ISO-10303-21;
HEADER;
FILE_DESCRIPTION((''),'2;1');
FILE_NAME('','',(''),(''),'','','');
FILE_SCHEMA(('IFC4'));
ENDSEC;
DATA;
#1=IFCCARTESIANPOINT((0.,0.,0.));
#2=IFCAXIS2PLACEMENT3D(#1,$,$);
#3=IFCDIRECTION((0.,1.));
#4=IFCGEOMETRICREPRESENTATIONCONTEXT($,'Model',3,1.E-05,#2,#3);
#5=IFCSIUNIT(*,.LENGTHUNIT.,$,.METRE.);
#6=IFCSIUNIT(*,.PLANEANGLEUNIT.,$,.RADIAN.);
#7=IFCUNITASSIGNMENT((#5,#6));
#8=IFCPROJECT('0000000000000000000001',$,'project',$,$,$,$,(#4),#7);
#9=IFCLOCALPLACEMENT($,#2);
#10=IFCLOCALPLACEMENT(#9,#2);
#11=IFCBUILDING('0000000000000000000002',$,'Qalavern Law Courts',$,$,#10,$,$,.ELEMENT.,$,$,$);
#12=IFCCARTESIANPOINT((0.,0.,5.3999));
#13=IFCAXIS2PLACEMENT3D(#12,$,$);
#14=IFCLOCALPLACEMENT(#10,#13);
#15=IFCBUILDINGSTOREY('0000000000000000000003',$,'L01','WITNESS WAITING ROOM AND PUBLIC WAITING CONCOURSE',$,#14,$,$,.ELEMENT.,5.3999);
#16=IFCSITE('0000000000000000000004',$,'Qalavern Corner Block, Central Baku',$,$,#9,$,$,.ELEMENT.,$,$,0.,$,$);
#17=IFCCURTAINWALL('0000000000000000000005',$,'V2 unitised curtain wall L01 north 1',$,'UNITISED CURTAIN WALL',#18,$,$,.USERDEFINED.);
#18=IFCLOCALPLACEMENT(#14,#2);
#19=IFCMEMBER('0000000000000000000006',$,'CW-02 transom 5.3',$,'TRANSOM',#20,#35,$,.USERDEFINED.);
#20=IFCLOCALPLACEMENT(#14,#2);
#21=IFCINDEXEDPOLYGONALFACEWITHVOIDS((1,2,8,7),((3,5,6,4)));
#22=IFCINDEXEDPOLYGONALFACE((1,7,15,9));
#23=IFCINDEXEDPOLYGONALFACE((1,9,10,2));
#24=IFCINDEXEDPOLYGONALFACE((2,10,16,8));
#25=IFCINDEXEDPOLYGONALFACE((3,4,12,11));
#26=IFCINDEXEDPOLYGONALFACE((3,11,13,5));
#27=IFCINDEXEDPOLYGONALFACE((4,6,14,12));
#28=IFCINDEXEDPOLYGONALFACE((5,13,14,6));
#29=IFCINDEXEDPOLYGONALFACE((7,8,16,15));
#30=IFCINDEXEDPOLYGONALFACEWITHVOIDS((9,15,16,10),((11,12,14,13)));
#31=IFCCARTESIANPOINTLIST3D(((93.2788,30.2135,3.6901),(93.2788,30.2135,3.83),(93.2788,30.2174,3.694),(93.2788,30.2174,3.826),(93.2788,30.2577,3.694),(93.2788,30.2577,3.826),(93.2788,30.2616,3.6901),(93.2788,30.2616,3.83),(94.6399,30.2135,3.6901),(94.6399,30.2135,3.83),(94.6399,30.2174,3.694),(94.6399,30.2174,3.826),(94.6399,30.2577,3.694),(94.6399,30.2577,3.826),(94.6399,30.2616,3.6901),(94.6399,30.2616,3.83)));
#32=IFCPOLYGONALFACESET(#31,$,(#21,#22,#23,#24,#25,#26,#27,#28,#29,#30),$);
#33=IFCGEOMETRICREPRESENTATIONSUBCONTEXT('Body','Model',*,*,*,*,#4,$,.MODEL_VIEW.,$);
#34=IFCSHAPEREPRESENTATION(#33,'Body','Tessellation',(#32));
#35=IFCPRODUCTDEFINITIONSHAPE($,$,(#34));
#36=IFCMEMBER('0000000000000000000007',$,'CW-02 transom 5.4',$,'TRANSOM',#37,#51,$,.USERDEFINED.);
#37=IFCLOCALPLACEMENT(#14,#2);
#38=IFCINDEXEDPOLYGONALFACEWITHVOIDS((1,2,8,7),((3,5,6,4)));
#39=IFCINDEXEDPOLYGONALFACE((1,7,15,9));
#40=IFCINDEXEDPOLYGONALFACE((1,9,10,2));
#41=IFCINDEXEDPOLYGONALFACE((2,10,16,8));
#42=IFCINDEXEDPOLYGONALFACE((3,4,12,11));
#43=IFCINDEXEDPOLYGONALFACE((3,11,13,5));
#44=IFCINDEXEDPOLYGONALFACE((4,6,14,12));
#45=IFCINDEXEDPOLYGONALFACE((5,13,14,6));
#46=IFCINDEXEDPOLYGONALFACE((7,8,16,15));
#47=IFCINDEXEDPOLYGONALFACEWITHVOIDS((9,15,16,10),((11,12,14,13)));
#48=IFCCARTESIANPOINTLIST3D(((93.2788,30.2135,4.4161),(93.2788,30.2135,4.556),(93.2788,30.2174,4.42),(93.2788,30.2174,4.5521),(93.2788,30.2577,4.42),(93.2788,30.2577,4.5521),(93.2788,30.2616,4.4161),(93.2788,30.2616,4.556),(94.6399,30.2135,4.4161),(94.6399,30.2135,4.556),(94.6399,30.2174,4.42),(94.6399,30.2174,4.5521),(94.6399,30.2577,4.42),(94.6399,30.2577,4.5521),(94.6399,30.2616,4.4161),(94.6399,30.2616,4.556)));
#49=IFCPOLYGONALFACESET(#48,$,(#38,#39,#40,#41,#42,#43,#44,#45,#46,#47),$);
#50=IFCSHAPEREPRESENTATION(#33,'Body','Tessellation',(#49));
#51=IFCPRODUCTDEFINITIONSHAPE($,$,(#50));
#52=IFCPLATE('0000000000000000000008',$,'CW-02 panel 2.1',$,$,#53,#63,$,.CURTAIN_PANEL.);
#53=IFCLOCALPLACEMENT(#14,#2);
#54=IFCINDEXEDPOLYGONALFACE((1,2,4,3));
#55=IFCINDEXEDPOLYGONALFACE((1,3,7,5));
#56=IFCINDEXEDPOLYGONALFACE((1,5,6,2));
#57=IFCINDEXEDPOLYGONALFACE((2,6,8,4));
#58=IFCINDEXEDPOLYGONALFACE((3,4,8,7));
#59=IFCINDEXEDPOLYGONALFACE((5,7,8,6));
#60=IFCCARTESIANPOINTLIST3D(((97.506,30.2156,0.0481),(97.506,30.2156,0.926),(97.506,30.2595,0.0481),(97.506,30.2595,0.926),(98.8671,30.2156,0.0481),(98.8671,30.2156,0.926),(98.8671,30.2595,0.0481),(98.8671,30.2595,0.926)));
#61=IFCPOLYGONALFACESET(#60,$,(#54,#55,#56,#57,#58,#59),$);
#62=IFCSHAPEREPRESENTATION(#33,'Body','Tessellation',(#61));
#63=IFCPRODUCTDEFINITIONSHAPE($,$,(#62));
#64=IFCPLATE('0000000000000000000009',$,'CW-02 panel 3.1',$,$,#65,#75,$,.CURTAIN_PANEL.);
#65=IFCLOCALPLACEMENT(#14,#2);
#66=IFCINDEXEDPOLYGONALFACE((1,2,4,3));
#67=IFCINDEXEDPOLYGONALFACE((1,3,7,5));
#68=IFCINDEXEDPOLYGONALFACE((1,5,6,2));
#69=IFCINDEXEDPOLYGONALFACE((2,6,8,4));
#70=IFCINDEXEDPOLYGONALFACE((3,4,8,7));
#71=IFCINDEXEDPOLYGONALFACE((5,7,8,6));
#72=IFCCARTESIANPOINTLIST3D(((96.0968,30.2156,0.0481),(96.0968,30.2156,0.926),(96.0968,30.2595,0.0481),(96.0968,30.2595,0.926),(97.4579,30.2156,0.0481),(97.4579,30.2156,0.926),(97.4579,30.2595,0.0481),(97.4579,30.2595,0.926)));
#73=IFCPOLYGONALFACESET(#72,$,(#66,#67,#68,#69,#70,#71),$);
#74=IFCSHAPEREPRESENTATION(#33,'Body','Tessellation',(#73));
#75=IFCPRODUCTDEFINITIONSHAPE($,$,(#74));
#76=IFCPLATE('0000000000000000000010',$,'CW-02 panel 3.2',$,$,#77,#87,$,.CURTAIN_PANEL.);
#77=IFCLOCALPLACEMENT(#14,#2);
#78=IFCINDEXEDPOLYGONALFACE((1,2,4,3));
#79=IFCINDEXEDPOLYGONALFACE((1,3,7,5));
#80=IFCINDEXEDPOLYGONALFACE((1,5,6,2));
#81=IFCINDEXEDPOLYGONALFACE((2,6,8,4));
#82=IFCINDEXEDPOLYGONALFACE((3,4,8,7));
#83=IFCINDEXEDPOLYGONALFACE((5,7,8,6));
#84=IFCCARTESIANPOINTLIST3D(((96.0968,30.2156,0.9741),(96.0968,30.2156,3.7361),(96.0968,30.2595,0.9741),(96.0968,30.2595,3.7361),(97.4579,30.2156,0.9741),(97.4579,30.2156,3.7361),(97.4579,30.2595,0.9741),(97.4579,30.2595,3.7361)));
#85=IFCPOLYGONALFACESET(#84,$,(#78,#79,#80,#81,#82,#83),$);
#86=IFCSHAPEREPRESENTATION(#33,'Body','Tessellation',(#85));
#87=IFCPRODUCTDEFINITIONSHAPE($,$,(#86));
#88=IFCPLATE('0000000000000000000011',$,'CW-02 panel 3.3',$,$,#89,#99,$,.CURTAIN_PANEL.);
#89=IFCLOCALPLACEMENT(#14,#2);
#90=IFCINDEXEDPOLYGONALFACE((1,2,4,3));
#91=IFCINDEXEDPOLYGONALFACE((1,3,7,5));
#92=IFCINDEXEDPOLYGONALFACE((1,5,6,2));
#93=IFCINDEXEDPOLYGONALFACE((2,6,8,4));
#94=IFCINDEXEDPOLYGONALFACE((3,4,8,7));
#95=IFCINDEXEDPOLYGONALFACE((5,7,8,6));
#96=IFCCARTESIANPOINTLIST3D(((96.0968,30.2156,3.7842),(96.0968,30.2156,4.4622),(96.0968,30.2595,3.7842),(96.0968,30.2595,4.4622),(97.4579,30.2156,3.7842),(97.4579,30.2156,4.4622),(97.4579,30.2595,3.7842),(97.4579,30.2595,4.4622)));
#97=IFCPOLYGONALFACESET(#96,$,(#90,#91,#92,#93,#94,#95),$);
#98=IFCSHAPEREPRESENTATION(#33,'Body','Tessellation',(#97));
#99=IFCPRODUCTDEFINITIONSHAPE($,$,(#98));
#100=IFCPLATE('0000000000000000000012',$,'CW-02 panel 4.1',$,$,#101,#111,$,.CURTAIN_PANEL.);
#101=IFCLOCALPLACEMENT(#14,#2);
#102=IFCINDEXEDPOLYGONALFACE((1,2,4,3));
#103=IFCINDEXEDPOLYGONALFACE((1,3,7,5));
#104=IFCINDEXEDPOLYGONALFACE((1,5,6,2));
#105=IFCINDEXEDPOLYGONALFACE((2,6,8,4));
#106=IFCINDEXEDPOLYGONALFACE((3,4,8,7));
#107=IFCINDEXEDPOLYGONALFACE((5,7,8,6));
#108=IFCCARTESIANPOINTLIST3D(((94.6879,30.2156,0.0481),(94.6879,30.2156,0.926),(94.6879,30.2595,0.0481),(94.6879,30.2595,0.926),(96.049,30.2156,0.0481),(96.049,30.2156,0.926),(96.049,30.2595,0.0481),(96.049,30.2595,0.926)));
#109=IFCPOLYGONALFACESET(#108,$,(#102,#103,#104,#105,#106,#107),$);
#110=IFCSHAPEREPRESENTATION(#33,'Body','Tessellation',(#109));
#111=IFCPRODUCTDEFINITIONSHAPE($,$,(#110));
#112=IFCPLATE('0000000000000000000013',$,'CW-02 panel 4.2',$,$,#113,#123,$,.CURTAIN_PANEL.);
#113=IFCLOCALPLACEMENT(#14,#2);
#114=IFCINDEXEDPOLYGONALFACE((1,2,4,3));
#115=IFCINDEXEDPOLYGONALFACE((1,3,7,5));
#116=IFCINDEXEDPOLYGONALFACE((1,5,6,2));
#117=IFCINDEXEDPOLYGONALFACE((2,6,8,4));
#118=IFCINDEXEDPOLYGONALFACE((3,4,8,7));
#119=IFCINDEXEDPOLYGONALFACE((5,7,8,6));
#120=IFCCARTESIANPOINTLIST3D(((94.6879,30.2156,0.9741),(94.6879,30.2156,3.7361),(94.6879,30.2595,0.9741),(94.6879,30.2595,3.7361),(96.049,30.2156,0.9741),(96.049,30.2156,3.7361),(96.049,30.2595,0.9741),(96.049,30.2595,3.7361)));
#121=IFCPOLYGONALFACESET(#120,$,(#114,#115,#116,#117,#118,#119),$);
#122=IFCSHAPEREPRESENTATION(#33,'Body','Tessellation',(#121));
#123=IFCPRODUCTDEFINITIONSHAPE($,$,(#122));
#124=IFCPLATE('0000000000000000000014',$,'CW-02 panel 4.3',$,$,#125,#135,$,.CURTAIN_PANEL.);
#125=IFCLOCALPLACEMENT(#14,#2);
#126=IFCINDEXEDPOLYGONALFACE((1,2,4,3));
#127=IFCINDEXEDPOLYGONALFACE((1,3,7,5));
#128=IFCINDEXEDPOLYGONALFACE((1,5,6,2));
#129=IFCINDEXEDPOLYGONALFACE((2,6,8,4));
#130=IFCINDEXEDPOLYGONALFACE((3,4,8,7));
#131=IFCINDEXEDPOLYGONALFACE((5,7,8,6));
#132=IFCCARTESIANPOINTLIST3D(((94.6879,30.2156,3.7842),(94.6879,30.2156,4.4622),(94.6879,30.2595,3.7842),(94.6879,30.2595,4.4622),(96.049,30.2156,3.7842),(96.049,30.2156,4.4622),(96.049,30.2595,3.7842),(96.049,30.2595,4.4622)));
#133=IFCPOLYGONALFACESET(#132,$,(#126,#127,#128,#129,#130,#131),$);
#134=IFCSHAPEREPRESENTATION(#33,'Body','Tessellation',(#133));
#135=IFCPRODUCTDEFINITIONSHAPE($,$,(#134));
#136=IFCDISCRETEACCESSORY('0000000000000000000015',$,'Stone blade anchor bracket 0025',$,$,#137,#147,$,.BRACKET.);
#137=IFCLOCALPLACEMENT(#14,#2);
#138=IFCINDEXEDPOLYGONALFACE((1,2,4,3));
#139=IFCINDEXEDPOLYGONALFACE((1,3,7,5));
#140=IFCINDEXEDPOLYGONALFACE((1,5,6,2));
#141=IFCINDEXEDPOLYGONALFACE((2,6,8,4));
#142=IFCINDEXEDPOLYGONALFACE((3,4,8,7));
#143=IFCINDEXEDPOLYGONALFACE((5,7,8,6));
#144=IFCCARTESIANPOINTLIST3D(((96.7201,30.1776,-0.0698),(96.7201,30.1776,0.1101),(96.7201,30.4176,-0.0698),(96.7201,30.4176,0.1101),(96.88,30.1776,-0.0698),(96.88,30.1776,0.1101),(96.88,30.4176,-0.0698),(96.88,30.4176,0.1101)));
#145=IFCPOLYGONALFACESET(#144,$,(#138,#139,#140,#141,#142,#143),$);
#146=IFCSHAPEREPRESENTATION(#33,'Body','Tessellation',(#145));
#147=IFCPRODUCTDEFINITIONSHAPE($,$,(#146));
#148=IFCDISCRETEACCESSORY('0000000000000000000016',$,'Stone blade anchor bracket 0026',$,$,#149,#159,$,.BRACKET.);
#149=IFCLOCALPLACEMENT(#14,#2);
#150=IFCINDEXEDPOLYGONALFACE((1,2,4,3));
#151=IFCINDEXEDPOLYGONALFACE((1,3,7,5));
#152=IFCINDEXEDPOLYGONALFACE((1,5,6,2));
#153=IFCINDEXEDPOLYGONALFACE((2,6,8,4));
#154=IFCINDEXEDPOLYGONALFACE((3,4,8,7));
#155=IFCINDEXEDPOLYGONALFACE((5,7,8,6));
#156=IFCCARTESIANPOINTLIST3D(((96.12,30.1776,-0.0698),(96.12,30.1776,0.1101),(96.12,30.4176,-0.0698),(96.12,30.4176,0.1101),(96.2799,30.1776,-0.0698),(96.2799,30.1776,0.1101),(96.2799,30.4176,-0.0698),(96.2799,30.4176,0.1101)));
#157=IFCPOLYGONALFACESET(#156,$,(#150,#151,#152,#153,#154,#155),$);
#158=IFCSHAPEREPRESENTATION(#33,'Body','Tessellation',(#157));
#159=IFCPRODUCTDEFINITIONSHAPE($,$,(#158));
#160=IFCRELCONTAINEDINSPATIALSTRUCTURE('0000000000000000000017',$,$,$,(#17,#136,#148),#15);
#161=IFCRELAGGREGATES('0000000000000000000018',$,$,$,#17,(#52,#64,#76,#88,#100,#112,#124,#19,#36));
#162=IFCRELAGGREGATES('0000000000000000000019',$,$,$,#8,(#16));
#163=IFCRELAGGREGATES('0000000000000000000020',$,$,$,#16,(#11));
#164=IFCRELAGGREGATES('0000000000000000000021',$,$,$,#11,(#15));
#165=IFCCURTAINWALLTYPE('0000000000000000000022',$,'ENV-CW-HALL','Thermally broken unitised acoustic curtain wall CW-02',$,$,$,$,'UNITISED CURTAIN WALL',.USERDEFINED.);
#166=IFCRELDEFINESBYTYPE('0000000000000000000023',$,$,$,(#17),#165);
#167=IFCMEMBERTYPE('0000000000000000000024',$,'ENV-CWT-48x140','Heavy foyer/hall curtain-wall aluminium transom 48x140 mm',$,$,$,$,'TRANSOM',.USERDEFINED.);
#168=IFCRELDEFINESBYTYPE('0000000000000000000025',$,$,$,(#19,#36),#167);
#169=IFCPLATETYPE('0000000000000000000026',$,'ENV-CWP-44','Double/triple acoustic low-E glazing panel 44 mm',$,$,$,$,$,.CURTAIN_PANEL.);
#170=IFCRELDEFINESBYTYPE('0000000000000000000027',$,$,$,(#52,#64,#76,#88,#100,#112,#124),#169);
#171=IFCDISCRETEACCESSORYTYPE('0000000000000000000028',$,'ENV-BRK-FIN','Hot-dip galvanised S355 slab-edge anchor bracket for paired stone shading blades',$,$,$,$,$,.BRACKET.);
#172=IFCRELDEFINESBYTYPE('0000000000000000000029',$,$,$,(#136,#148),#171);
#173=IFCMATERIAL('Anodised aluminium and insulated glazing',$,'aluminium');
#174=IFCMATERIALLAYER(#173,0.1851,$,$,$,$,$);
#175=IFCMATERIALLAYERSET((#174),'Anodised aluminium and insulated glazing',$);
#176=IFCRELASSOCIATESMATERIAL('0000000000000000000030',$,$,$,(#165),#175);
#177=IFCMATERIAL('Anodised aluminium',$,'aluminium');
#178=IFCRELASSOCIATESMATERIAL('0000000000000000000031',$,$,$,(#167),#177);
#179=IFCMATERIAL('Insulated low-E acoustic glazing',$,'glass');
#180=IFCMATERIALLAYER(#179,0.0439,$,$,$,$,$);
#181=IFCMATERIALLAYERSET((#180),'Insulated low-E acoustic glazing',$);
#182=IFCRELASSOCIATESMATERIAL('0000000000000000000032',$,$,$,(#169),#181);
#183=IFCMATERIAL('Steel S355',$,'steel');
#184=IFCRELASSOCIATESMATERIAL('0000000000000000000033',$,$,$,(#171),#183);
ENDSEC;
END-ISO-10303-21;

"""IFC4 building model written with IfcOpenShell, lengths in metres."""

from ifc_helpers import new_model, si_unit, direction, frame, origin, origin_2d, place, context, subcontext, project, spatial, rectangle, hollow_rectangle, extrude, material, layer, layer_set, material_profile, profile_set, type_object, element, aggregate, save


model = new_model("IFC4")

# Units and contexts
model_context = context("Model", 3, precision=1e-05, world=origin(), true_north=direction((0.0, 1.0)))
body_context = subcontext(model_context, "Body", "Model", "MODEL_VIEW")
ifc_project = project(units=[si_unit("LENGTHUNIT", "METRE"), si_unit("PLANEANGLEUNIT", "RADIAN")], contexts=[model_context])

# Site, building, storey
site_placement = place(None, origin())
site = spatial("IfcSite", under=ifc_project, at=site_placement, Name="Qalavern Corner Block, Central Baku", CompositionType="ELEMENT", RefElevation=0.0)
building_placement = place(site_placement, origin())
building = spatial("IfcBuilding", under=site, at=building_placement, Name="Qalavern Law Courts", CompositionType="ELEMENT")
storey_placement = place(building_placement, frame((0.0, 0.0, 5.3999)))
storey = spatial("IfcBuildingStorey", under=building, at=storey_placement, Name="L01", Description="WITNESS WAITING ROOM AND PUBLIC WAITING CONCOURSE", CompositionType="ELEMENT", Elevation=5.3999)

# Curtain wall, members, plates
ifc_material_1 = material(Name="Anodised aluminium and insulated glazing", Category="aluminium")
ifc_layer_1 = layer(ifc_material_1, 0.1851)
ifc_layer_set_1 = layer_set([ifc_layer_1], Name="Anodised aluminium and insulated glazing")
curtain_wall_type = type_object("IfcCurtainWallType", Name="ENV-CW-HALL", Description="Thermally broken unitised acoustic curtain wall CW-02", ElementType="UNITISED CURTAIN WALL", PredefinedType="USERDEFINED", material=ifc_layer_set_1)
curtain_wall_placement = place(storey_placement, origin())
curtain_wall = element("IfcCurtainWall", 1, at=curtain_wall_placement, inside=storey, type_object=curtain_wall_type, Name="V2 unitised curtain wall L01 north 1", ObjectType="UNITISED CURTAIN WALL", PredefinedType="USERDEFINED")
ifc_material_2 = material(Name="Anodised aluminium", Category="aluminium")
ifc_material_profile_1 = material_profile(ifc_material_2, hollow_rectangle(XDim=0.0481, YDim=0.1399, WallThickness=0.0039, at=origin_2d()), Name="ALU TRANSOM 48x140")
ifc_profile_set_1 = profile_set([ifc_material_profile_1], Name="Anodised aluminium")
member_type_1 = type_object("IfcMemberType", Name="ENV-CWT-48x140", Description="Heavy foyer/hall curtain-wall aluminium transom 48x140 mm", ElementType="TRANSOM", PredefinedType="USERDEFINED", material=ifc_profile_set_1)
member_1_placement = place(storey_placement, frame((94.6399, 30.2375, 3.76), z_axis=(-1.0, 0.0, 0.0), x_axis=(0.0, -1.0, 0.0)))
member_1 = element("IfcMember", 2, at=member_1_placement, type_object=member_type_1, Name="CW-02 transom 5.3", ObjectType="TRANSOM", PredefinedType="USERDEFINED", context=body_context, shape_type="SweptSolid", body=[
    extrude(hollow_rectangle(XDim=0.0481, YDim=0.1399, WallThickness=0.0039, at=origin_2d()), origin(), (0.0, 0.0, 1.0), 1.3611),
])
member_2_placement = place(storey_placement, frame((94.6399, 30.2375, 4.4861), z_axis=(-1.0, 0.0, 0.0), x_axis=(0.0, -1.0, 0.0)))
member_2 = element("IfcMember", 3, at=member_2_placement, type_object=member_type_1, Name="CW-02 transom 5.4", ObjectType="TRANSOM", PredefinedType="USERDEFINED", context=body_context, shape_type="SweptSolid", body=[
    extrude(hollow_rectangle(XDim=0.0481, YDim=0.1399, WallThickness=0.0039, at=origin_2d()), origin(), (0.0, 0.0, 1.0), 1.3611),
])
ifc_material_3 = material(Name="Insulated low-E acoustic glazing", Category="glass")
ifc_layer_2 = layer(ifc_material_3, 0.0439)
ifc_layer_set_2 = layer_set([ifc_layer_2], Name="Insulated low-E acoustic glazing")
plate_type = type_object("IfcPlateType", Name="ENV-CWP-44", Description="Double/triple acoustic low-E glazing panel 44 mm", PredefinedType="CURTAIN_PANEL", material=ifc_layer_set_2)
plate_1_placement = place(storey_placement, frame((98.1865, 30.2375, 0.0481), z_axis=(0.0, 0.0, 1.0), x_axis=(-1.0, 0.0, 0.0)))
plate_1 = element("IfcPlate", 4, at=plate_1_placement, type_object=plate_type, Name="CW-02 panel 2.1", PredefinedType="CURTAIN_PANEL", context=body_context, shape_type="SweptSolid", body=[
    extrude(rectangle(XDim=1.3611, YDim=0.0439, at=origin_2d()), origin(), (0.0, 0.0, 1.0), 0.8779),
])
plate_2_placement = place(storey_placement, frame((96.7773, 30.2375, 0.0481), z_axis=(0.0, 0.0, 1.0), x_axis=(-1.0, 0.0, 0.0)))
plate_2 = element("IfcPlate", 5, at=plate_2_placement, type_object=plate_type, Name="CW-02 panel 3.1", PredefinedType="CURTAIN_PANEL", context=body_context, shape_type="SweptSolid", body=[
    extrude(rectangle(XDim=1.3611, YDim=0.0439, at=origin_2d()), origin(), (0.0, 0.0, 1.0), 0.8779),
])
plate_3_placement = place(storey_placement, frame((96.7773, 30.2375, 0.9741), z_axis=(0.0, 0.0, 1.0), x_axis=(-1.0, 0.0, 0.0)))
plate_3 = element("IfcPlate", 6, at=plate_3_placement, type_object=plate_type, Name="CW-02 panel 3.2", PredefinedType="CURTAIN_PANEL", context=body_context, shape_type="SweptSolid", body=[
    extrude(rectangle(XDim=1.3611, YDim=0.0439, at=origin_2d()), origin(), (0.0, 0.0, 1.0), 2.762),
])
plate_4_placement = place(storey_placement, frame((96.7773, 30.2375, 3.7842), z_axis=(0.0, 0.0, 1.0), x_axis=(-1.0, 0.0, 0.0)))
plate_4 = element("IfcPlate", 7, at=plate_4_placement, type_object=plate_type, Name="CW-02 panel 3.3", PredefinedType="CURTAIN_PANEL", context=body_context, shape_type="SweptSolid", body=[
    extrude(rectangle(XDim=1.3611, YDim=0.0439, at=origin_2d()), origin(), (0.0, 0.0, 1.0), 0.678),
])
plate_5_placement = place(storey_placement, frame((95.3684, 30.2375, 0.0481), z_axis=(0.0, 0.0, 1.0), x_axis=(-1.0, 0.0, 0.0)))
plate_5 = element("IfcPlate", 8, at=plate_5_placement, type_object=plate_type, Name="CW-02 panel 4.1", PredefinedType="CURTAIN_PANEL", context=body_context, shape_type="SweptSolid", body=[
    extrude(rectangle(XDim=1.3611, YDim=0.0439, at=origin_2d()), origin(), (0.0, 0.0, 1.0), 0.8779),
])
plate_6_placement = place(storey_placement, frame((95.3684, 30.2375, 0.9741), z_axis=(0.0, 0.0, 1.0), x_axis=(-1.0, 0.0, 0.0)))
plate_6 = element("IfcPlate", 9, at=plate_6_placement, type_object=plate_type, Name="CW-02 panel 4.2", PredefinedType="CURTAIN_PANEL", context=body_context, shape_type="SweptSolid", body=[
    extrude(rectangle(XDim=1.3611, YDim=0.0439, at=origin_2d()), origin(), (0.0, 0.0, 1.0), 2.762),
])
plate_7_placement = place(storey_placement, frame((95.3684, 30.2375, 3.7842), z_axis=(0.0, 0.0, 1.0), x_axis=(-1.0, 0.0, 0.0)))
plate_7 = element("IfcPlate", 10, at=plate_7_placement, type_object=plate_type, Name="CW-02 panel 4.3", PredefinedType="CURTAIN_PANEL", context=body_context, shape_type="SweptSolid", body=[
    extrude(rectangle(XDim=1.3611, YDim=0.0439, at=origin_2d()), origin(), (0.0, 0.0, 1.0), 0.678),
])
aggregate(curtain_wall, [plate_1, plate_2, plate_3, plate_4, plate_5, plate_6, plate_7, member_1, member_2])

# Discrete accessories
ifc_material_4 = material(Name="Steel S355", Category="steel")
discrete_accessory_type = type_object("IfcDiscreteAccessoryType", Name="ENV-BRK-FIN", Description="Hot-dip galvanised S355 slab-edge anchor bracket for paired stone shading blades", PredefinedType="BRACKET", material=ifc_material_4)
for number, where, z_axis, x_axis, name in (
    (11, (96.8, 30.2976, -0.0698), (0.0, 0.0, 1.0), (0.0, 1.0, 0.0), "Stone blade anchor bracket 0025"),
    (12, (96.2, 30.2976, -0.0698), (0.0, 0.0, 1.0), (0.0, 1.0, 0.0), "Stone blade anchor bracket 0026"),
):
    element("IfcDiscreteAccessory", number, at=place(storey_placement, frame(where, z_axis=z_axis, x_axis=x_axis)), inside=storey, type_object=discrete_accessory_type, Name=name, PredefinedType="BRACKET", context=body_context, shape_type="SweptSolid", body=[
        extrude(rectangle(XDim=0.24, YDim=0.1599, at=origin_2d()), origin(), (0.0, 0.0, 1.0), 0.1799),
    ])

save(model, "model.ifc")
